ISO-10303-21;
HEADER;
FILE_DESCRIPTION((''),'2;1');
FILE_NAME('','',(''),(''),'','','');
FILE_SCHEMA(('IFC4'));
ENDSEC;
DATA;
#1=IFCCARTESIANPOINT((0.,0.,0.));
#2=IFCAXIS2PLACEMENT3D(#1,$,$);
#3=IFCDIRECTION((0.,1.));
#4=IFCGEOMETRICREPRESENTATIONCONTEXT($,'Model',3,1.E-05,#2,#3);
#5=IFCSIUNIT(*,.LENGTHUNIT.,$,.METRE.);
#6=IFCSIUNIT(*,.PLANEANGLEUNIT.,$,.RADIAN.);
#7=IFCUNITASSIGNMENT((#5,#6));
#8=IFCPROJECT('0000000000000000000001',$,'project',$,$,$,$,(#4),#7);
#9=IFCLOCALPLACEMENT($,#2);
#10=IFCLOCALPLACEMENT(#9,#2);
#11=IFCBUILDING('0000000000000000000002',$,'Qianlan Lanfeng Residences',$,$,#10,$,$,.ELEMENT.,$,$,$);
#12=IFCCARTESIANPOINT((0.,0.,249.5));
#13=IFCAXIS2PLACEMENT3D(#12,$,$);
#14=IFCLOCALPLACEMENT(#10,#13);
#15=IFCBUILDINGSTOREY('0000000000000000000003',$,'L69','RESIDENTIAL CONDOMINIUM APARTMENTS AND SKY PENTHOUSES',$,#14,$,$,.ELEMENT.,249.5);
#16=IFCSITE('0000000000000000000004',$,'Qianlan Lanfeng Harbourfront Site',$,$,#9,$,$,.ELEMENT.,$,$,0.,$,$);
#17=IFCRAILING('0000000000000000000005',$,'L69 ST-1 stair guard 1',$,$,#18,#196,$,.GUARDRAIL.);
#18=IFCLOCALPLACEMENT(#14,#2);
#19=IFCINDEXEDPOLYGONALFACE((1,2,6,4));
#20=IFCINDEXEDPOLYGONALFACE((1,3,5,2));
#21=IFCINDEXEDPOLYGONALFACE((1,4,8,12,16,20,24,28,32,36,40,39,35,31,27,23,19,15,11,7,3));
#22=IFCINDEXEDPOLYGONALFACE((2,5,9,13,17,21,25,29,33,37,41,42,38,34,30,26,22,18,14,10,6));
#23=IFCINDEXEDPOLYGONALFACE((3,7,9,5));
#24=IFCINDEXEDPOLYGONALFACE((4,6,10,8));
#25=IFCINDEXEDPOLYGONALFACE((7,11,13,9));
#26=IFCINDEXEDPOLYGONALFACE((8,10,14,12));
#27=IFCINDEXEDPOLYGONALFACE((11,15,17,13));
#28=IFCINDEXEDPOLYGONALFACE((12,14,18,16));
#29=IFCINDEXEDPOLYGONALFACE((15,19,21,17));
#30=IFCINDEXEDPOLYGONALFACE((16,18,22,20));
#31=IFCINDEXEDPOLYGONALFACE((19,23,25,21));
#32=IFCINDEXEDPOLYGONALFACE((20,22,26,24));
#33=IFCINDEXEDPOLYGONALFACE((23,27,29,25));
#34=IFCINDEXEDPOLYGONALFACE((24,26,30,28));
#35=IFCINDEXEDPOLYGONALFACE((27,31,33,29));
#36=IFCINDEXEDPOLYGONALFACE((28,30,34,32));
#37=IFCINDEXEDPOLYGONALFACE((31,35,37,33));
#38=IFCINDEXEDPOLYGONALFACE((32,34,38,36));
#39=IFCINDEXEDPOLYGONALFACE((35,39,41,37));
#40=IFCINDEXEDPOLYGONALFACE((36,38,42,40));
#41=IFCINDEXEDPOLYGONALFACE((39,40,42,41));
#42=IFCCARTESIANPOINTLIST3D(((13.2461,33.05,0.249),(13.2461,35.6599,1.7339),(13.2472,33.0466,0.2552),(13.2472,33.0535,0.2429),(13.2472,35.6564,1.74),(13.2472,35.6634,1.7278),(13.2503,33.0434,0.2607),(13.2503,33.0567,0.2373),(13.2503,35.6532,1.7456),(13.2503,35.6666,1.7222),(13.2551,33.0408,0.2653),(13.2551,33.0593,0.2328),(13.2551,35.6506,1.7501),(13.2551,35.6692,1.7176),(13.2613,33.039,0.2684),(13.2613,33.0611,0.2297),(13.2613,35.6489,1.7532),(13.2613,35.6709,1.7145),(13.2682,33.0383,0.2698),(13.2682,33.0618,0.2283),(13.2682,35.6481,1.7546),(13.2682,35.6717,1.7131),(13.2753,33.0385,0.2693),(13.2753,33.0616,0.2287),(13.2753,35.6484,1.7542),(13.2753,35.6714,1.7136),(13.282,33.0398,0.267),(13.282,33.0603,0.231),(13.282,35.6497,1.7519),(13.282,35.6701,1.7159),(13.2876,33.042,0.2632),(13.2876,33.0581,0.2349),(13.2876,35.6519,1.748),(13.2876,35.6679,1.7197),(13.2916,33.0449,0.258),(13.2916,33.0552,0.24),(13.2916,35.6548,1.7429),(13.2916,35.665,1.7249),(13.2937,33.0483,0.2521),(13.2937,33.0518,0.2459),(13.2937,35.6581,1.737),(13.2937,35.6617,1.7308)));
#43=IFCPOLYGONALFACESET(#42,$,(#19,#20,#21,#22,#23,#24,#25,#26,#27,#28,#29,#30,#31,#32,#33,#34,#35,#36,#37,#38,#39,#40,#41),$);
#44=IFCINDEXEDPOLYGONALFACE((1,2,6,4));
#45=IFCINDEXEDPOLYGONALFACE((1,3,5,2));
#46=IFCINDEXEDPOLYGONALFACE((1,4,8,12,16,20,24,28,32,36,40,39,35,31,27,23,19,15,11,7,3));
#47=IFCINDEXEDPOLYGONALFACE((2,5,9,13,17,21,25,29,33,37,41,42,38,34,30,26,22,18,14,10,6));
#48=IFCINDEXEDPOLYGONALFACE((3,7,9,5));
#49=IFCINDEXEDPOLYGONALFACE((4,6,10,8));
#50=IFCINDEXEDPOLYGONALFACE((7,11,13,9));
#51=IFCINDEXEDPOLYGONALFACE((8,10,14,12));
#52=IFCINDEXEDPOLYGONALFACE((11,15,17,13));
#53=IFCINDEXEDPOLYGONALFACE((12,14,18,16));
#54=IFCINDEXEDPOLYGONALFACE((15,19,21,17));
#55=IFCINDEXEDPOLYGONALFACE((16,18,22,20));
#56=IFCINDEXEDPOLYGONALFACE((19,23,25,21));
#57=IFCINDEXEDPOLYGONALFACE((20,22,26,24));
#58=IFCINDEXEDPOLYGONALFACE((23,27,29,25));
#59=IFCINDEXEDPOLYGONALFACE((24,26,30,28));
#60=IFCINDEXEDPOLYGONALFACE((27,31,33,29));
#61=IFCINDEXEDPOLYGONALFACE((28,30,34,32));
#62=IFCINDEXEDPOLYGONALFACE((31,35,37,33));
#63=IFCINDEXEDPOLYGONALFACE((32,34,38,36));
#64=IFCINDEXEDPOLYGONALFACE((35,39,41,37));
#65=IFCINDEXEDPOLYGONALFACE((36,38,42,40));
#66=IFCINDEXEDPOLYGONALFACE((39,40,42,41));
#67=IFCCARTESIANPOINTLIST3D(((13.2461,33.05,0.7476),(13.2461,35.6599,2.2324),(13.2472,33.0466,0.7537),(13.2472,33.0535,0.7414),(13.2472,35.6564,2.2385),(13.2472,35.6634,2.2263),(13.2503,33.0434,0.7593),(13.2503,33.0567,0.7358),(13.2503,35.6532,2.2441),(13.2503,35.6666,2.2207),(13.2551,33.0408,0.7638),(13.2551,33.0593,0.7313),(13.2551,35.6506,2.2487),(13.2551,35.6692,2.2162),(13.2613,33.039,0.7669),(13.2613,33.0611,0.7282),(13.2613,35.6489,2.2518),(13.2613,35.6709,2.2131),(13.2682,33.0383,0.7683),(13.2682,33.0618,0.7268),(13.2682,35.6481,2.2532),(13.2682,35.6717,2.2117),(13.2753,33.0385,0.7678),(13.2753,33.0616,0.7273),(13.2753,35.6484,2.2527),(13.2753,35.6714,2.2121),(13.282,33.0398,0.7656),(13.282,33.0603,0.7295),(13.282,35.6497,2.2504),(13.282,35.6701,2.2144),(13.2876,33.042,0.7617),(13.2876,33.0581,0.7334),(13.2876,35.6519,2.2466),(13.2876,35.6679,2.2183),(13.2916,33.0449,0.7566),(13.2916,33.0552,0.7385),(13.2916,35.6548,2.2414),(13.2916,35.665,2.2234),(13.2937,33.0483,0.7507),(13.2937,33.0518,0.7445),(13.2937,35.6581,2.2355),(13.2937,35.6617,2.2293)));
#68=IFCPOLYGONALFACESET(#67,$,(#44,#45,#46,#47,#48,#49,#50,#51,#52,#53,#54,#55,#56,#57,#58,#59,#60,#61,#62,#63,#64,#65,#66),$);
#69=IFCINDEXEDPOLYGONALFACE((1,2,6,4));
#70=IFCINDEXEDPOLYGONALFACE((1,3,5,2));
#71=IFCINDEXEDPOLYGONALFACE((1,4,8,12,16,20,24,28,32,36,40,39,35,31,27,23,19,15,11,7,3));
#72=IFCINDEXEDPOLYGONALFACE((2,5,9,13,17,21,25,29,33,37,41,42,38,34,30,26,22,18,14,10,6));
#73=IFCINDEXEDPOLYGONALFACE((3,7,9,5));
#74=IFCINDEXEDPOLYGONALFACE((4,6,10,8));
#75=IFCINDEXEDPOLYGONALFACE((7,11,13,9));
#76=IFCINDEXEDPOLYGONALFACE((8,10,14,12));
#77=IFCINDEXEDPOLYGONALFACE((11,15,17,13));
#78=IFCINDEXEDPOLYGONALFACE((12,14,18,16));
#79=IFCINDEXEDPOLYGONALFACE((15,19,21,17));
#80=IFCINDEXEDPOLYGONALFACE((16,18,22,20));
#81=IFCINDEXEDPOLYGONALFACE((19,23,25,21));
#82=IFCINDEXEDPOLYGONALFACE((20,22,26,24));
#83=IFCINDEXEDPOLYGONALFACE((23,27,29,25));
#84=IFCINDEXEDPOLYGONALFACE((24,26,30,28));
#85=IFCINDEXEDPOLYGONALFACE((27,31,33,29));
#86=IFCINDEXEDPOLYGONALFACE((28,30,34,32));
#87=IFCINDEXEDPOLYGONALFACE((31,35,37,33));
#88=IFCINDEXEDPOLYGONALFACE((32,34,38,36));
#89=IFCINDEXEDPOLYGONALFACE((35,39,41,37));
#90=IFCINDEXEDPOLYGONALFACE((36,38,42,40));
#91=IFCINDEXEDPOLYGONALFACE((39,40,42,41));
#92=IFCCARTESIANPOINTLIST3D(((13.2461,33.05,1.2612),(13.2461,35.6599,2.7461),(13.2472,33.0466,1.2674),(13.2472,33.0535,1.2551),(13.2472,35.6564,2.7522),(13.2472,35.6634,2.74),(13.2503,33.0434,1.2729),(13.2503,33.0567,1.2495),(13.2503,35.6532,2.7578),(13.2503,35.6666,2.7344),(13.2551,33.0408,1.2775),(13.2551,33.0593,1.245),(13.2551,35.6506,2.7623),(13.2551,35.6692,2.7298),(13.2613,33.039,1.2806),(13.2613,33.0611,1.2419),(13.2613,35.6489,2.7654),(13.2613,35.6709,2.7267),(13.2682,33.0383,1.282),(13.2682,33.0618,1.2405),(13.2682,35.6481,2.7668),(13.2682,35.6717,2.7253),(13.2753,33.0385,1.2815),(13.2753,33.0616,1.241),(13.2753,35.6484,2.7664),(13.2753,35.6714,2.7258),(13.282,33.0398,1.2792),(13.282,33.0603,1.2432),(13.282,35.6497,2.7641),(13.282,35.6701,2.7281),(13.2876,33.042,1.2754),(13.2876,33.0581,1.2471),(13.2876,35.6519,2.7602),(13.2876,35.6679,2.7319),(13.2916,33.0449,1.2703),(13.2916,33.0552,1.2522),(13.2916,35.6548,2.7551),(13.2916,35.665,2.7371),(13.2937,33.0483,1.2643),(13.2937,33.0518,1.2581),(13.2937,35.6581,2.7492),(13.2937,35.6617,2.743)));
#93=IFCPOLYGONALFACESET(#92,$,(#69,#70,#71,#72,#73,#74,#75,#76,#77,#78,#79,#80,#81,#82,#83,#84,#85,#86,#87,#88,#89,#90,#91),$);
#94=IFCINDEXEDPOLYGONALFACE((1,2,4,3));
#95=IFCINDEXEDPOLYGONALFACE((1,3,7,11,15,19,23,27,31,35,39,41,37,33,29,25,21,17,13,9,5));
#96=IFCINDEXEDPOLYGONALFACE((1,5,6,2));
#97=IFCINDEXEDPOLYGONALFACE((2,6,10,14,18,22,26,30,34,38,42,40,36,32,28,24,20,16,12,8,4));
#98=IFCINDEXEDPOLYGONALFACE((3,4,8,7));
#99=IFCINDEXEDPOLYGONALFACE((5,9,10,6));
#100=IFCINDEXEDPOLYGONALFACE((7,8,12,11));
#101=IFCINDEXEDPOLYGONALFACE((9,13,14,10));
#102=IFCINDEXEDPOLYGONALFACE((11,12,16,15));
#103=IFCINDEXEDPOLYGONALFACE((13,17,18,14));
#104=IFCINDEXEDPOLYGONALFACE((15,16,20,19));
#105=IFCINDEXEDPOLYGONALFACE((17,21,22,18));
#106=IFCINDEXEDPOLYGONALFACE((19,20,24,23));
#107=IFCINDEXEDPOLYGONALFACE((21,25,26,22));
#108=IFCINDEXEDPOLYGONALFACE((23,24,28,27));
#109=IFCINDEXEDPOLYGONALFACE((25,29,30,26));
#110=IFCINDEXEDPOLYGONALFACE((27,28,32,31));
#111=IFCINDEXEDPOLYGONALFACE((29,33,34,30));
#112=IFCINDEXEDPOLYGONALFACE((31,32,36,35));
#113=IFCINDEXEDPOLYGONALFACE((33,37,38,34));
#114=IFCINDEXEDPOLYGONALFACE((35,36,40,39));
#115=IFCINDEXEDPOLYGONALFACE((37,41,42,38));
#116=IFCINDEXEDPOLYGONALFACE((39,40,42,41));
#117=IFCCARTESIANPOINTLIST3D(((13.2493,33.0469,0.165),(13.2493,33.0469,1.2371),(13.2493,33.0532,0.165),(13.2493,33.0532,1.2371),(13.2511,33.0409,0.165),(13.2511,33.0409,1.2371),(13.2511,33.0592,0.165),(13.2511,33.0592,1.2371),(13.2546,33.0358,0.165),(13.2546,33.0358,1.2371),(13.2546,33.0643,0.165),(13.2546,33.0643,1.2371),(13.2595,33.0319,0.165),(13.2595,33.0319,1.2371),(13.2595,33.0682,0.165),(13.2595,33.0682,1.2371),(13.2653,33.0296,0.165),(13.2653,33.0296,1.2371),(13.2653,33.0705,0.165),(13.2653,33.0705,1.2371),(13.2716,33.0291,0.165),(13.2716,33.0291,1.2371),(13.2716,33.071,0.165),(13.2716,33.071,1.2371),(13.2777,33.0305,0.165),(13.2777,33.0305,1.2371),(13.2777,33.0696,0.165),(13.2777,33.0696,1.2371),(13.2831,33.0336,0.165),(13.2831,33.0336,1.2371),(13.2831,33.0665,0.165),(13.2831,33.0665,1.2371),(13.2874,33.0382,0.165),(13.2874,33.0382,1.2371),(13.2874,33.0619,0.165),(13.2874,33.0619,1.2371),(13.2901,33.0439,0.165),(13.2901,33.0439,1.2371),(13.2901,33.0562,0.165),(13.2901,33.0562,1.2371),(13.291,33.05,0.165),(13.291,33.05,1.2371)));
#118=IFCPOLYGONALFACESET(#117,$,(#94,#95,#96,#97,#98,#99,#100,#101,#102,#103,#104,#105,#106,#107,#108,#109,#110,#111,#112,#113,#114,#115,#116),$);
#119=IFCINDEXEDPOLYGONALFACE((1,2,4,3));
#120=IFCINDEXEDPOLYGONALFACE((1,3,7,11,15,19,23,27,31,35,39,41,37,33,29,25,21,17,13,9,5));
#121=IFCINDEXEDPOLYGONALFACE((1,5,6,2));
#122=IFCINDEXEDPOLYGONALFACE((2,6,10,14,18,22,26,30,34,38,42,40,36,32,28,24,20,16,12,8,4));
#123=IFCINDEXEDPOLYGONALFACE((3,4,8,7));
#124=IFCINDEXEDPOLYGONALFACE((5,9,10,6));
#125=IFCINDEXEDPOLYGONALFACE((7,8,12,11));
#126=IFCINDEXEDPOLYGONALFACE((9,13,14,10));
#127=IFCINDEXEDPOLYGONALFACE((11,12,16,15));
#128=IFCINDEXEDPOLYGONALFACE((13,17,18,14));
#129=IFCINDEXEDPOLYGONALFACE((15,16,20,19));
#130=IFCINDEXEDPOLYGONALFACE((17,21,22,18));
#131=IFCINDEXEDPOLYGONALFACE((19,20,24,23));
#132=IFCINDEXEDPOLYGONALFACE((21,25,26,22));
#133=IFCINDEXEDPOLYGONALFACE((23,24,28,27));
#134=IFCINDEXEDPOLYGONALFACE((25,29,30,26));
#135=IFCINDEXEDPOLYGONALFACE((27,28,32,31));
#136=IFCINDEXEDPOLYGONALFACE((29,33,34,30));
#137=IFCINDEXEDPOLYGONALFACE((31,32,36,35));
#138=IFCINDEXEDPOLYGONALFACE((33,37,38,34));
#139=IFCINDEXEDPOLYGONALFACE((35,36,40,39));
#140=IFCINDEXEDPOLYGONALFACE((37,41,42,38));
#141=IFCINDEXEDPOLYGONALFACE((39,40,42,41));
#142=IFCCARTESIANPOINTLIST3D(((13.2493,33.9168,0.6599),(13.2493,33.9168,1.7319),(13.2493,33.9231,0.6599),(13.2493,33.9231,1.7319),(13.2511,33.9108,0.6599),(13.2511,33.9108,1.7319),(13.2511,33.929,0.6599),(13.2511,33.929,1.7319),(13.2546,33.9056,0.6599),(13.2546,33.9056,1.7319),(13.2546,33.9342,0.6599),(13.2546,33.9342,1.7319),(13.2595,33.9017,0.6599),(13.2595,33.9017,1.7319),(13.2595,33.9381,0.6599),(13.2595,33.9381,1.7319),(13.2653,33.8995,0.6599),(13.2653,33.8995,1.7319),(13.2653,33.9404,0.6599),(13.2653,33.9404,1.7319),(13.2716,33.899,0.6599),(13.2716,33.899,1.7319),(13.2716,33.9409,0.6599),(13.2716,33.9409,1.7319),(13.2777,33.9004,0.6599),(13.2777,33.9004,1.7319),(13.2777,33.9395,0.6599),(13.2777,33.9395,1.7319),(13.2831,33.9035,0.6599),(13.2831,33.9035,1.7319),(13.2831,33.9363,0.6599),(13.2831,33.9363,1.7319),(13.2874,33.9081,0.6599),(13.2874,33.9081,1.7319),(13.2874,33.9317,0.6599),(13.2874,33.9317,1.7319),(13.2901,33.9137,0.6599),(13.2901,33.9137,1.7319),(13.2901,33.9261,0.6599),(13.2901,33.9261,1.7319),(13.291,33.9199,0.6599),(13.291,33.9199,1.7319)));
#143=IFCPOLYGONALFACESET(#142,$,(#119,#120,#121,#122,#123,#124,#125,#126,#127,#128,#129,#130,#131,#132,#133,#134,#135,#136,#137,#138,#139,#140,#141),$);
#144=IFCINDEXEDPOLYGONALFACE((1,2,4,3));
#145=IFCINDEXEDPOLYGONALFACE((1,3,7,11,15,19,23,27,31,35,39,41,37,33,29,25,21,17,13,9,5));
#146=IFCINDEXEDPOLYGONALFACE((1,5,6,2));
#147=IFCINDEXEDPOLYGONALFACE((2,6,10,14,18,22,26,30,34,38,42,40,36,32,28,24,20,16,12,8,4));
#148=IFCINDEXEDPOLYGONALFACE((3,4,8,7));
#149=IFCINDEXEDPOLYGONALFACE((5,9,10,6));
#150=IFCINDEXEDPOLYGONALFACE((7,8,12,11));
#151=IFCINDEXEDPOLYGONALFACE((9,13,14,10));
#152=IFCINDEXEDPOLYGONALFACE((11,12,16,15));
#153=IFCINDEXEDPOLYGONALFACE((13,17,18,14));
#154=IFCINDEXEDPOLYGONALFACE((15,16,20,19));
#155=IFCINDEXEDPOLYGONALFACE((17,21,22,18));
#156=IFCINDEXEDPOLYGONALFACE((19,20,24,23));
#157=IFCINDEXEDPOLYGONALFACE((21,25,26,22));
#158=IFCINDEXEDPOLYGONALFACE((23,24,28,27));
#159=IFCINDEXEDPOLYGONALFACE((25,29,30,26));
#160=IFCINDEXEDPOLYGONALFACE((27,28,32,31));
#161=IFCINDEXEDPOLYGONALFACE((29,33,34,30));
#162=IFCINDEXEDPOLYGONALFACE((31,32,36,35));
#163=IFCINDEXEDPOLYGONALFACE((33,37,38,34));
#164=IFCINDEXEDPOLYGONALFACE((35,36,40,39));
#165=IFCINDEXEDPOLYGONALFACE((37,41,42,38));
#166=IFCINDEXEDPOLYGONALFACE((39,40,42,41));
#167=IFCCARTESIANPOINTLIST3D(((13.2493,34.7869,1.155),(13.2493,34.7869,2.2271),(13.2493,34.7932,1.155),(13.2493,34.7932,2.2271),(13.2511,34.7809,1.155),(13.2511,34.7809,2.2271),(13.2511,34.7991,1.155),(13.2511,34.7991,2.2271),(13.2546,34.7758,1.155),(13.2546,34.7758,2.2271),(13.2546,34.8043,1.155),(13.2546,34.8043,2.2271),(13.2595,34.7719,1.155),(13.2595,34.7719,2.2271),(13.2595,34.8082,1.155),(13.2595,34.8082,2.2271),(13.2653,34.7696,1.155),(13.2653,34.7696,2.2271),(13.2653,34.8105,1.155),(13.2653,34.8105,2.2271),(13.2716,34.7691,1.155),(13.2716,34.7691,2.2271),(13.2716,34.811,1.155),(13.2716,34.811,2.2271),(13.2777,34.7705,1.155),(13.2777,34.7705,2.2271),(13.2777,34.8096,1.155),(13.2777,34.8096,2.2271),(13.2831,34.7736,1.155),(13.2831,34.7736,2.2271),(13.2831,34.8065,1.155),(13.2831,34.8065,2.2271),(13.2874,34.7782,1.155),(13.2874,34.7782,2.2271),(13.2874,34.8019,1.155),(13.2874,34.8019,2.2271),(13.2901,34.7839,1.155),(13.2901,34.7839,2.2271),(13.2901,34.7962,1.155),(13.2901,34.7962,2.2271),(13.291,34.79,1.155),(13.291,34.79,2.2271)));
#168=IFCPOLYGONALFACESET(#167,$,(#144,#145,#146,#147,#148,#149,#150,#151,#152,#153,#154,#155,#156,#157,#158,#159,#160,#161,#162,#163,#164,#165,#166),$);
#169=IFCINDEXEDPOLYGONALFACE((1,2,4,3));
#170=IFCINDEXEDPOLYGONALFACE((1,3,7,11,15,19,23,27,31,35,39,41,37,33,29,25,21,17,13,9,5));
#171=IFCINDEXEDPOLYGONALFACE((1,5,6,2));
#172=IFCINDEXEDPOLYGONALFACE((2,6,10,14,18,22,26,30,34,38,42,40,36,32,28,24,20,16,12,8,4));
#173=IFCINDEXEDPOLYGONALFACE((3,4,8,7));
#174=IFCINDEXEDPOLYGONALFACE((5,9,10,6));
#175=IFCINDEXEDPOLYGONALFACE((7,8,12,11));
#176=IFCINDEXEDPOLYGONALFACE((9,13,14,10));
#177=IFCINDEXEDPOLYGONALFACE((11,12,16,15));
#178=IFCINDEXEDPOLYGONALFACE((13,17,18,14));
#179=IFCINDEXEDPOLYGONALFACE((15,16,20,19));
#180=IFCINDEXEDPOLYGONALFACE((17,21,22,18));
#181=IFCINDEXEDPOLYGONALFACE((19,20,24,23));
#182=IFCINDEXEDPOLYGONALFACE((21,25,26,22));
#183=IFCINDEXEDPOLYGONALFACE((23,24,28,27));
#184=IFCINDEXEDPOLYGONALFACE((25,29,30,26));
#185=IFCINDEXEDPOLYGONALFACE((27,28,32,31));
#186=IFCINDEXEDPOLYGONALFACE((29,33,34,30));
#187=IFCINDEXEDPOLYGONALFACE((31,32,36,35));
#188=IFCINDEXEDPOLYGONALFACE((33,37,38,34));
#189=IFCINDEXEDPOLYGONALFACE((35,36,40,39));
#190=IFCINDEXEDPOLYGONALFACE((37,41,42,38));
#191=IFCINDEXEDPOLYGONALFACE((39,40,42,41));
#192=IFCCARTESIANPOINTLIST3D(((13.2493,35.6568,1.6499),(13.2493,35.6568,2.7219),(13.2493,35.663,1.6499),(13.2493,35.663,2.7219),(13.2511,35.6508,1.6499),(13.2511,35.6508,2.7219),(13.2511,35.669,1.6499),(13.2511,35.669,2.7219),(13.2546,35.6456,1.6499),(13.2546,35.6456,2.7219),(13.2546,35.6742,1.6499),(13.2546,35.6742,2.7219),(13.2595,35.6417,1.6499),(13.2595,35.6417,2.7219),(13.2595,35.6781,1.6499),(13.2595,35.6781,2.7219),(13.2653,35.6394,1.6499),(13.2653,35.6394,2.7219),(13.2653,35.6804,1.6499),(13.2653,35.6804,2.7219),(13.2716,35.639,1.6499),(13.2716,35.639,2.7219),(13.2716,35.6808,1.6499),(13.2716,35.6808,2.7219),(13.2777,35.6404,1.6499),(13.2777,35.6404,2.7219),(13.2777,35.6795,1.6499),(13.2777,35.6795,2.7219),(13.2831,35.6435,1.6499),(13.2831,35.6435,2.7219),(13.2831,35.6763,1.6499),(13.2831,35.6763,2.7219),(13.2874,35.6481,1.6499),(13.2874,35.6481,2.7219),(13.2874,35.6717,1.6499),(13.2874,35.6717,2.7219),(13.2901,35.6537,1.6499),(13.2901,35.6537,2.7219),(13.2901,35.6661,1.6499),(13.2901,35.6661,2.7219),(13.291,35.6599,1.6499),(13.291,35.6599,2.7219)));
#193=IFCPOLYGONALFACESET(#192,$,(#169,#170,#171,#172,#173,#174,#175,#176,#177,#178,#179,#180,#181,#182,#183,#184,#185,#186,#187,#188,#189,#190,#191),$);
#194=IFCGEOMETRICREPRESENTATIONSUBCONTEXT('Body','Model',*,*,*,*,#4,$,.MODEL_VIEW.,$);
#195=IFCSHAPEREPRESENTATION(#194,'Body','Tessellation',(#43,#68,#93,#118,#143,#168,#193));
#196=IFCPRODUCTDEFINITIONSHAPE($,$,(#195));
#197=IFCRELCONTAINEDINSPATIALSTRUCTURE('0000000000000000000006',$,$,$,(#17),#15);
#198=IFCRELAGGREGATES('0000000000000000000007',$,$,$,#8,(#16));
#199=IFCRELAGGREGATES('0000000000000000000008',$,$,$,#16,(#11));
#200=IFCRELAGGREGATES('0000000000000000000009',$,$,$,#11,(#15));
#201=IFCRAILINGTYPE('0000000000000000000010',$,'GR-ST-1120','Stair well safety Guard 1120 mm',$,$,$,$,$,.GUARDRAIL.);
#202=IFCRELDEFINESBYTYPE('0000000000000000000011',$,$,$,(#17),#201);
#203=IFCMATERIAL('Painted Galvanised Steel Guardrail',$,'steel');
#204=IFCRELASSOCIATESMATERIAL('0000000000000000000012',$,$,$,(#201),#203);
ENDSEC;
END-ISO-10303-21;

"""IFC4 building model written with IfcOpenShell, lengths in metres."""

from ifc_helpers import new_model, si_unit, direction, frame, origin, origin_2d, place, context, subcontext, project, spatial, circle, extrude, material, type_object, element, save


model = new_model("IFC4")

# Units and contexts
model_context = context("Model", 3, precision=1e-05, world=origin(), true_north=direction((0.0, 1.0)))
body_context = subcontext(model_context, "Body", "Model", "MODEL_VIEW")
ifc_project = project(units=[si_unit("LENGTHUNIT", "METRE"), si_unit("PLANEANGLEUNIT", "RADIAN")], contexts=[model_context])

# Site, building, storey
site_placement = place(None, origin())
site = spatial("IfcSite", under=ifc_project, at=site_placement, Name="Qianlan Lanfeng Harbourfront Site", CompositionType="ELEMENT", RefElevation=0.0)
building_placement = place(site_placement, origin())
building = spatial("IfcBuilding", under=site, at=building_placement, Name="Qianlan Lanfeng Residences", CompositionType="ELEMENT")
storey_placement = place(building_placement, frame((0.0, 0.0, 249.5)))
storey = spatial("IfcBuildingStorey", under=building, at=storey_placement, Name="L69", Description="RESIDENTIAL CONDOMINIUM APARTMENTS AND SKY PENTHOUSES", CompositionType="ELEMENT", Elevation=249.5)

# Railing
ifc_material_1 = material(Name="Painted Galvanised Steel Guardrail", Category="steel")
railing_type_1 = type_object("IfcRailingType", Name="GR-ST-1120", Description="Stair well safety Guard 1120 mm", PredefinedType="GUARDRAIL", material=ifc_material_1)
railing_1_placement = place(storey_placement, frame((13.27, 33.05, 0.165)))
element("IfcRailing", 1, at=railing_1_placement, inside=storey, type_object=railing_type_1, Name="L69 ST-1 stair guard 1", PredefinedType="GUARDRAIL", context=body_context, shape_type="SweptSolid", body=[
    extrude(circle(Radius=0.0239, at=origin_2d()), frame((0.0, 0.0, 0.084), z_axis=(0.0, 0.869172, 0.494509), x_axis=(-1.0, 0.0, 0.0)), (0.0, 0.0, 1.0), 3.0027),
    extrude(circle(Radius=0.0239, at=origin_2d()), frame((0.0, 0.0, 0.5825), z_axis=(0.0, 0.869172, 0.494509), x_axis=(-1.0, 0.0, 0.0)), (0.0, 0.0, 1.0), 3.0027),
    extrude(circle(Radius=0.0239, at=origin_2d()), frame((0.0, 0.0, 1.0962), z_axis=(0.0, 0.869172, 0.494509), x_axis=(-1.0, 0.0, 0.0)), (0.0, 0.0, 1.0), 3.0027),
    extrude(circle(Radius=0.021, at=origin_2d()), origin(), (0.0, 0.0, 1.0), 1.072),
    extrude(circle(Radius=0.021, at=origin_2d()), frame((0.0, 0.8699, 0.4949)), (0.0, 0.0, 1.0), 1.072),
    extrude(circle(Radius=0.021, at=origin_2d()), frame((0.0, 1.74, 0.99)), (0.0, 0.0, 1.0), 1.072),
    extrude(circle(Radius=0.021, at=origin_2d()), frame((0.0, 2.6099, 1.4849)), (0.0, 0.0, 1.0), 1.072),
])

save(model, "model.ifc")
